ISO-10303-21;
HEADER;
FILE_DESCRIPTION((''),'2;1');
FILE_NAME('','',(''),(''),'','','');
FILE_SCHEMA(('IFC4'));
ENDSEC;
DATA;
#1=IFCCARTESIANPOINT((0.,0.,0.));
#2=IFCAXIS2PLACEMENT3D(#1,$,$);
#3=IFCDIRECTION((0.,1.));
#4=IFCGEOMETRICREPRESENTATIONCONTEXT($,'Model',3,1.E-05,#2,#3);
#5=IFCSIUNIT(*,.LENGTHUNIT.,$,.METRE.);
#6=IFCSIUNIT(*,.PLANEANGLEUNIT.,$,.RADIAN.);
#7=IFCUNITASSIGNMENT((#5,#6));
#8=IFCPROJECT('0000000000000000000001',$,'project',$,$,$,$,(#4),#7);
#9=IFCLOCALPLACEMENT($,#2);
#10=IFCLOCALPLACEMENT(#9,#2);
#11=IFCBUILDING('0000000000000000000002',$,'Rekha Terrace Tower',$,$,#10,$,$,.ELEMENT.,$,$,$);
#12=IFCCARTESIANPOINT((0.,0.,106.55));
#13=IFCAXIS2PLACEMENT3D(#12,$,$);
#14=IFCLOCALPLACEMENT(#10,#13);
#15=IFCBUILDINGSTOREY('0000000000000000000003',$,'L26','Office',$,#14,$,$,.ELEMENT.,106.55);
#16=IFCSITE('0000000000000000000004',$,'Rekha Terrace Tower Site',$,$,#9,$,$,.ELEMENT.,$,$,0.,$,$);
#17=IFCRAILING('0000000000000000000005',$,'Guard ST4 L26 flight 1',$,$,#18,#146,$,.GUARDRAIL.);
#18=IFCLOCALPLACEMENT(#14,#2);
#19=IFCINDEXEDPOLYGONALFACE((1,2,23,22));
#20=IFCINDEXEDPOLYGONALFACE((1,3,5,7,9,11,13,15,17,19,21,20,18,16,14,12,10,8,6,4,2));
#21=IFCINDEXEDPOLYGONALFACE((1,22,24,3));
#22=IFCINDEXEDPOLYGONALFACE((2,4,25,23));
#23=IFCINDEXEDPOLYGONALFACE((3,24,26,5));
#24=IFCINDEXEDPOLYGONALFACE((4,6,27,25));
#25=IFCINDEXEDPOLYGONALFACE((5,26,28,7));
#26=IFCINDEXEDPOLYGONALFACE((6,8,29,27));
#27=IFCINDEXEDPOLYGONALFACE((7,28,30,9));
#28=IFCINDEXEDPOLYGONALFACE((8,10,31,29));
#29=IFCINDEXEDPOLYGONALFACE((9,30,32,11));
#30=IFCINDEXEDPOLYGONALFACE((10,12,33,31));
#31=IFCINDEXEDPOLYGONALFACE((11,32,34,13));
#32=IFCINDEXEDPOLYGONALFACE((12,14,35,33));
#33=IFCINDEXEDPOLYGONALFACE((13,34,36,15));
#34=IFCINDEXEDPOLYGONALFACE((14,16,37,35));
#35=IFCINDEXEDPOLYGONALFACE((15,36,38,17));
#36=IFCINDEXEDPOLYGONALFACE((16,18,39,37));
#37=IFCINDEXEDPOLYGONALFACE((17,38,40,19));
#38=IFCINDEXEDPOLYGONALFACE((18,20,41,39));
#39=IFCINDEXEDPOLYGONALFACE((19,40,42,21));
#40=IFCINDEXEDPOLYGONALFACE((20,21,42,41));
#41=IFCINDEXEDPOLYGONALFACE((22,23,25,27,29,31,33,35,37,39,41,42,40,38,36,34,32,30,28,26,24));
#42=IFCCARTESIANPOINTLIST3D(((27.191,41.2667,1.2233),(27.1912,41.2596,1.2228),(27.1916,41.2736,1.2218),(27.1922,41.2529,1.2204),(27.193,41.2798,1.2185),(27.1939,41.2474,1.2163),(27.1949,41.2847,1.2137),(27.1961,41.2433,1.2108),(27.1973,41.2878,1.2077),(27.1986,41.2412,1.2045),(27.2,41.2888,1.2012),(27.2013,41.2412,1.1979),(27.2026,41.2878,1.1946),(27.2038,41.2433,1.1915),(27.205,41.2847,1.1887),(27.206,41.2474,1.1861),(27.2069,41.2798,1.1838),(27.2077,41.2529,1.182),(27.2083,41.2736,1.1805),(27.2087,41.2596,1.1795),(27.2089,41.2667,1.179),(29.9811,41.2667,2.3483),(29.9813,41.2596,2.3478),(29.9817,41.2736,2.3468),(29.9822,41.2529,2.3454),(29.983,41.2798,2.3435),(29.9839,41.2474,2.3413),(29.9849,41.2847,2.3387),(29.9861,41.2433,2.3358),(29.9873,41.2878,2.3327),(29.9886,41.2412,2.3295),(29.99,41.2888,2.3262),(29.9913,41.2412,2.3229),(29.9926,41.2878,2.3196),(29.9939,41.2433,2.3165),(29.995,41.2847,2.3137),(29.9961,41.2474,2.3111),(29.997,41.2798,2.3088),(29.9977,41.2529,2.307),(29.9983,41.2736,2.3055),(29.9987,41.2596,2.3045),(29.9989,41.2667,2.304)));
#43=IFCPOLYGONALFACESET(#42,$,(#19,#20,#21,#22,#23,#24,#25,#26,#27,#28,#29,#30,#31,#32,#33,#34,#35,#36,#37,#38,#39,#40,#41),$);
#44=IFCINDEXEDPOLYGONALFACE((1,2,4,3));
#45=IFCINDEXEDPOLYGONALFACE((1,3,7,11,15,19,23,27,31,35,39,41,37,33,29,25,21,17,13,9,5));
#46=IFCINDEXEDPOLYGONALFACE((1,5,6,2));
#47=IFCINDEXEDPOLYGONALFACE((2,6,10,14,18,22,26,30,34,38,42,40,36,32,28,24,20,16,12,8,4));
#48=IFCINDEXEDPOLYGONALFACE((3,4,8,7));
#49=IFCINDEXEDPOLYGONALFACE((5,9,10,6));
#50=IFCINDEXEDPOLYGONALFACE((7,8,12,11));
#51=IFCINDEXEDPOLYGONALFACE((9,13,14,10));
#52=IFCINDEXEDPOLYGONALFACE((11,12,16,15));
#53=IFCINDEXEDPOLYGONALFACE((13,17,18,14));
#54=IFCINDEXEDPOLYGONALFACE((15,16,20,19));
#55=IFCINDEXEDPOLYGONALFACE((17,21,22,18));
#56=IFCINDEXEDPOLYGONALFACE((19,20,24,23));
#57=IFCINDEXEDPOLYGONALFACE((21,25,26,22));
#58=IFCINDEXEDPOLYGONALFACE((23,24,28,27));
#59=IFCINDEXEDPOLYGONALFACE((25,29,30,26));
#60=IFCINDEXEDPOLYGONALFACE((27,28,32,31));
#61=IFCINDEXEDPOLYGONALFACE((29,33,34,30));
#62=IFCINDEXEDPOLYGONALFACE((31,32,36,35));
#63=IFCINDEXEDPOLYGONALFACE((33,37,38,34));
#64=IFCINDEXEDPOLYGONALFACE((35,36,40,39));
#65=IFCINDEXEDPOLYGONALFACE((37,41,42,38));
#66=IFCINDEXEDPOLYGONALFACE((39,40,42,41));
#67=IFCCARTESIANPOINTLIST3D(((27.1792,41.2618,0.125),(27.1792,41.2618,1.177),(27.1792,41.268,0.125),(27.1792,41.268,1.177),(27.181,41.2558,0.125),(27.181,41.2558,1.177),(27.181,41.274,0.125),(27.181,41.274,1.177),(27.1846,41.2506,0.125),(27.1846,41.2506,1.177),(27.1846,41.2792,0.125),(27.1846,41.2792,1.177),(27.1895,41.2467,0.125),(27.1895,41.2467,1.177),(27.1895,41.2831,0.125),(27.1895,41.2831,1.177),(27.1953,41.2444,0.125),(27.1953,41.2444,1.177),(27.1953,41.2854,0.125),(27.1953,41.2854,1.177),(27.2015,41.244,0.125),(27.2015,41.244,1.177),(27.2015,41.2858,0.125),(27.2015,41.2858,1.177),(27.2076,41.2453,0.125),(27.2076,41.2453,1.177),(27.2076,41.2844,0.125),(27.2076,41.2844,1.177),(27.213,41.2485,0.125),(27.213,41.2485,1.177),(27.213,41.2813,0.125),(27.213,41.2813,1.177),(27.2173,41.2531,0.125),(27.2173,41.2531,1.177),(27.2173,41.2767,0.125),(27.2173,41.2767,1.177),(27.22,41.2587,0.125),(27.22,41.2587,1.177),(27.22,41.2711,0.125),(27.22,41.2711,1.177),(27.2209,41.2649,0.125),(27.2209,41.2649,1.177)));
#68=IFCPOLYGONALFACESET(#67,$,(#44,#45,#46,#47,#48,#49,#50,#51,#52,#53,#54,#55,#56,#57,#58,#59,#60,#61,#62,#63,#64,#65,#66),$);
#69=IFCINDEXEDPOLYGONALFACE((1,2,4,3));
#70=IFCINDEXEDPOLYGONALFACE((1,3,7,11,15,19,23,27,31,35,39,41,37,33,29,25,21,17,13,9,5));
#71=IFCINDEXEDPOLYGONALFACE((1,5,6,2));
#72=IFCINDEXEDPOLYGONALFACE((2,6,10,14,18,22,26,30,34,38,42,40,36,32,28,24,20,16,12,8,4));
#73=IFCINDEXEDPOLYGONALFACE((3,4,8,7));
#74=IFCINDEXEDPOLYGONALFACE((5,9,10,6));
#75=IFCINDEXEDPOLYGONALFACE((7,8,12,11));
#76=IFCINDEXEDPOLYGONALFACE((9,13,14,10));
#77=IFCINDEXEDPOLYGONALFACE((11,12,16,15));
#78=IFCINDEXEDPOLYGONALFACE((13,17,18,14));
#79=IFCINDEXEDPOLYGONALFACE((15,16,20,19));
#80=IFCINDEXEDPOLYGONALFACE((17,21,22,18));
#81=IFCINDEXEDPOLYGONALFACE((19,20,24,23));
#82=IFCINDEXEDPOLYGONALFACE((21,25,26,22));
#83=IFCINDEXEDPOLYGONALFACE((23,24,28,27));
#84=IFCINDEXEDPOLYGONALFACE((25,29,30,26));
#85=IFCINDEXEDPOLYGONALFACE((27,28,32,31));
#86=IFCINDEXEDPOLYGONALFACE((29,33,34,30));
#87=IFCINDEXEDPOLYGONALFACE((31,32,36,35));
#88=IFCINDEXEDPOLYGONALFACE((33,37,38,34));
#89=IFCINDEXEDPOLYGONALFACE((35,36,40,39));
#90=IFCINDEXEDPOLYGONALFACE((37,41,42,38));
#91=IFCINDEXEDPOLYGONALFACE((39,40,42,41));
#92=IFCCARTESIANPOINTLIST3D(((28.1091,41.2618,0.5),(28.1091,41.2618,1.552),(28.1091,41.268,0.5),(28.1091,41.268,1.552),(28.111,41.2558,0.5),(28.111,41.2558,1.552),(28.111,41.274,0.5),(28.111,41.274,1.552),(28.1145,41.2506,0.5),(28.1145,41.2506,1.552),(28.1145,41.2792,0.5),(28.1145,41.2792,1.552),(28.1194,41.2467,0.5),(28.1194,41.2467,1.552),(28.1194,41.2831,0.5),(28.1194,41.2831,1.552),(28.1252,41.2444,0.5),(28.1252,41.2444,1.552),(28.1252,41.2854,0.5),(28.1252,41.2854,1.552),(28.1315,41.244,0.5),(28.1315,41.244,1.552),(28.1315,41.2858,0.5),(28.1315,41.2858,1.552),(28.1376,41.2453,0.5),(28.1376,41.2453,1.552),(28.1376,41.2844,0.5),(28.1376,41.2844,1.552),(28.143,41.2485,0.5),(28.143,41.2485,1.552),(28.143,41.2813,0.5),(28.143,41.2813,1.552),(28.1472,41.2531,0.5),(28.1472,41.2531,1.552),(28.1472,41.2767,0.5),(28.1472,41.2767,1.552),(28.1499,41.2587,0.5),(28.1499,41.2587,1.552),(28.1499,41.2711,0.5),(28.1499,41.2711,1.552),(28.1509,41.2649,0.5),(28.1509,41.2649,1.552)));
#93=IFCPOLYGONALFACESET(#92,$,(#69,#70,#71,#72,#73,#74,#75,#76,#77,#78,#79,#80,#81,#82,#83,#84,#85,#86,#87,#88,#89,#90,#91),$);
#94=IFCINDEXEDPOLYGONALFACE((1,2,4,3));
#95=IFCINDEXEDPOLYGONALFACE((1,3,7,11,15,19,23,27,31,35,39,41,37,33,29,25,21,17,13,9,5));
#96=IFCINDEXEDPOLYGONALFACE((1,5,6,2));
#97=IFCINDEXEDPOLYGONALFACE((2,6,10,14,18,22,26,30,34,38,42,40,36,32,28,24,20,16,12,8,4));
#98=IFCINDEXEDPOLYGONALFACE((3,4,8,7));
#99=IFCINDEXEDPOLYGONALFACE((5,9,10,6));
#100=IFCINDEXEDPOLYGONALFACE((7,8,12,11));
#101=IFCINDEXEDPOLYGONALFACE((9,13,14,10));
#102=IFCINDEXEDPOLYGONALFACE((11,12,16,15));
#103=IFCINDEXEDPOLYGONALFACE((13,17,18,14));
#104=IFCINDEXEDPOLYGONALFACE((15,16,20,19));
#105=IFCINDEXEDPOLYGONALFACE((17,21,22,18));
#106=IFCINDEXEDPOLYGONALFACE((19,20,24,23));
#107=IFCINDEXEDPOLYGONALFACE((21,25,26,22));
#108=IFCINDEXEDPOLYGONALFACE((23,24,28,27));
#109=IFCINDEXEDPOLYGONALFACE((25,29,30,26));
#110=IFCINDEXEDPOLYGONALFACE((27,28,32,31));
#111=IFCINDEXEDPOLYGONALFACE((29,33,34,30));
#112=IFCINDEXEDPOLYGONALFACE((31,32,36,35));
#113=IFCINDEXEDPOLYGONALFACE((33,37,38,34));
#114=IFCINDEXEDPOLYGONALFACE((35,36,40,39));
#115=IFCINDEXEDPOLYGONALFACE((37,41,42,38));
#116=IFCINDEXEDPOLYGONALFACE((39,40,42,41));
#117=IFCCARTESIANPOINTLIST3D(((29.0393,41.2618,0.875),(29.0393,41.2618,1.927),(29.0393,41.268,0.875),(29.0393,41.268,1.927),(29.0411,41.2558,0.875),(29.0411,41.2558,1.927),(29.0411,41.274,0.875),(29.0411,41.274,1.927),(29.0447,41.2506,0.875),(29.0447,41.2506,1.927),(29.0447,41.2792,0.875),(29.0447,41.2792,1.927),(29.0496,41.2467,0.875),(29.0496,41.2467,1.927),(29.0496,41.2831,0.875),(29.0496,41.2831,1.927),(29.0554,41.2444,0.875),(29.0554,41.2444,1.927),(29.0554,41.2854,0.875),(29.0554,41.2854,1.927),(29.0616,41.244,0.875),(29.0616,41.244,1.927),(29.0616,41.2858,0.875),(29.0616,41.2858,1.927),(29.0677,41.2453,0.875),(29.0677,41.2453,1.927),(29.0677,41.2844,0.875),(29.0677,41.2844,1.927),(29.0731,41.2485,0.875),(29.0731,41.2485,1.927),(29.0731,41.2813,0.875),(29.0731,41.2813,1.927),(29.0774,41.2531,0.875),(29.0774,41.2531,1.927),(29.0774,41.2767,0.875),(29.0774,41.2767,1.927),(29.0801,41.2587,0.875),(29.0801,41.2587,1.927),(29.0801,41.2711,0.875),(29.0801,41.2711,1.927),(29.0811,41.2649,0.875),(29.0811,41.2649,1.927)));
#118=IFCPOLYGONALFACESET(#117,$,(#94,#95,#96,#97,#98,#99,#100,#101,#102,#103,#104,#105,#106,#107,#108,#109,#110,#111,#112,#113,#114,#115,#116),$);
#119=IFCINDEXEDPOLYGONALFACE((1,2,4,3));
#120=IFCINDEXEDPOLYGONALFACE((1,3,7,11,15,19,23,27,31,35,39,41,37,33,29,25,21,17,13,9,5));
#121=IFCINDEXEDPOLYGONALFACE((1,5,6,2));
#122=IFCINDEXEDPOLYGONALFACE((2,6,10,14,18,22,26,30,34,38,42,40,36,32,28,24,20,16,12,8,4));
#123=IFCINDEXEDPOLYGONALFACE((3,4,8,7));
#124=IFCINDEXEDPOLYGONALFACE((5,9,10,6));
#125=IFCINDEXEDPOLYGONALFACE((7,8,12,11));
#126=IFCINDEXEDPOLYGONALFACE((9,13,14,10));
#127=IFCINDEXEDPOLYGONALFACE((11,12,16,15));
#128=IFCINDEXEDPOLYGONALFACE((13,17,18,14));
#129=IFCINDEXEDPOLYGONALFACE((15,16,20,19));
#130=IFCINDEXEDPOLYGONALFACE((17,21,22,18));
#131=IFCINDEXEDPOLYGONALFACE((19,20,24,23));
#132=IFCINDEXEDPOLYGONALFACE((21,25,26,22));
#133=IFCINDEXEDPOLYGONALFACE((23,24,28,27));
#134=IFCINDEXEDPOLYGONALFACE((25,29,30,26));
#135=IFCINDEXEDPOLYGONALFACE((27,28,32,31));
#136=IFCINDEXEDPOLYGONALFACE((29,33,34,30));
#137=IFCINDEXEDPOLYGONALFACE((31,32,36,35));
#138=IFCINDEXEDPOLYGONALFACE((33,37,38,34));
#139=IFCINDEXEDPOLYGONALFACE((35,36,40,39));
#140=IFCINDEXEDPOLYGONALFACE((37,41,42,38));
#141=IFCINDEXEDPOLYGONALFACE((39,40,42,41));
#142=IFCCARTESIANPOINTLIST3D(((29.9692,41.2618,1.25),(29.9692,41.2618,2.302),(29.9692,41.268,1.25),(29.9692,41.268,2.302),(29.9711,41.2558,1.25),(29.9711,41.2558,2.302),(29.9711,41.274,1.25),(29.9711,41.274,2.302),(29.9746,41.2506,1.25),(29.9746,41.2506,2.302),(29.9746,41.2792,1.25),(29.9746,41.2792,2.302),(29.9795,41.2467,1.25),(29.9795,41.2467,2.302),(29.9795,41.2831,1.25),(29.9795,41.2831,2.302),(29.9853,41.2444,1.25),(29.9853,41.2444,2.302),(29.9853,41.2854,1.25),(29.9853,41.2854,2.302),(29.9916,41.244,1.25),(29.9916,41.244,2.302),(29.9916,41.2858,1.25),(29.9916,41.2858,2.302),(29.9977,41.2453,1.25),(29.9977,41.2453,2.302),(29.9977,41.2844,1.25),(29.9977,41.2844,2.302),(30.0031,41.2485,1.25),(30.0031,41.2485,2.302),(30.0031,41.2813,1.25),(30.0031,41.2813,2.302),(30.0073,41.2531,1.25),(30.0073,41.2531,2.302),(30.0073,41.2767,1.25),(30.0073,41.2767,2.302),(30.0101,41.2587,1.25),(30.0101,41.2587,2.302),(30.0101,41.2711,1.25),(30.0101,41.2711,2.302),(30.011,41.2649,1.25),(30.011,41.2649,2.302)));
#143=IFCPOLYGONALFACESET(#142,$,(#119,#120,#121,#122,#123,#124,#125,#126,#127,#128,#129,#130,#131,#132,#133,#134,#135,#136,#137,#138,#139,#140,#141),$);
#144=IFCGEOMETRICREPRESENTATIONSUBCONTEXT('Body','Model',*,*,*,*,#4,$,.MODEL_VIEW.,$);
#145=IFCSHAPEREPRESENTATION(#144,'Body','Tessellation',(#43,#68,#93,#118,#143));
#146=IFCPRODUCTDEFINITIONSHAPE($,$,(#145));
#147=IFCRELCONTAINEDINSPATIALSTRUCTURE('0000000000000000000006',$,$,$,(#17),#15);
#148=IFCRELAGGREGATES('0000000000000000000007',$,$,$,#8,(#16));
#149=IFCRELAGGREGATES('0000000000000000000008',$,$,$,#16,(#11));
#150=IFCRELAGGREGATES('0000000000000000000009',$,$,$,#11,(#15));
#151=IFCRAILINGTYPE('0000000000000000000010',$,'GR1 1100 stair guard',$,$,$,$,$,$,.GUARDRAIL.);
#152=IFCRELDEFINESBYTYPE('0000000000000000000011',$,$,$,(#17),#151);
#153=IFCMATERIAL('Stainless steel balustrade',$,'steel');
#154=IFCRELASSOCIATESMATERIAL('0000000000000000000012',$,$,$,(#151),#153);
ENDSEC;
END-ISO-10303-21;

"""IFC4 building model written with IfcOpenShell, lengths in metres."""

from ifc_helpers import new_model, si_unit, direction, frame, origin, origin_2d, place, context, subcontext, project, spatial, circle, extrude, material, type_object, element, save


model = new_model("IFC4")

# Units and contexts
model_context = context("Model", 3, precision=1e-05, world=origin(), true_north=direction((0.0, 1.0)))
body_context = subcontext(model_context, "Body", "Model", "MODEL_VIEW")
ifc_project = project(units=[si_unit("LENGTHUNIT", "METRE"), si_unit("PLANEANGLEUNIT", "RADIAN")], contexts=[model_context])

# Site, building, storey
site_placement = place(None, origin())
site = spatial("IfcSite", under=ifc_project, at=site_placement, Name="Rekha Terrace Tower Site", CompositionType="ELEMENT", RefElevation=0.0)
building_placement = place(site_placement, origin())
building = spatial("IfcBuilding", under=site, at=building_placement, Name="Rekha Terrace Tower", CompositionType="ELEMENT")
storey_placement = place(building_placement, frame((0.0, 0.0, 106.55)))
storey = spatial("IfcBuildingStorey", under=building, at=storey_placement, Name="L26", Description="Office", CompositionType="ELEMENT", Elevation=106.55)

# Railing
ifc_material_1 = material(Name="Stainless steel balustrade", Category="steel")
railing_type_1 = type_object("IfcRailingType", Name="GR1 1100 stair guard", PredefinedType="GUARDRAIL", material=ifc_material_1)
railing_1_placement = place(storey_placement, frame((27.2, 41.2649, 0.125)))
element("IfcRailing", 1, at=railing_1_placement, inside=storey, type_object=railing_type_1, Name="Guard ST4 L26 flight 1", PredefinedType="GUARDRAIL", context=body_context, shape_type="SweptSolid", body=[
    extrude(circle(Radius=0.0239, at=origin_2d()), frame((0.0, 0.0, 1.0762), z_axis=(0.927443, 0.0, 0.373964), x_axis=(0.0, 1.0, 0.0)), (0.0, 0.0, 1.0), 3.0083),
    extrude(circle(Radius=0.021, at=origin_2d()), origin(), (0.0, 0.0, 1.0), 1.052),
    extrude(circle(Radius=0.021, at=origin_2d()), frame((0.9299, 0.0, 0.375)), (0.0, 0.0, 1.0), 1.052),
    extrude(circle(Radius=0.021, at=origin_2d()), frame((1.8601, 0.0, 0.75)), (0.0, 0.0, 1.0), 1.052),
    extrude(circle(Radius=0.021, at=origin_2d()), frame((2.79, 0.0, 1.125)), (0.0, 0.0, 1.0), 1.052),
])

save(model, "model.ifc")
